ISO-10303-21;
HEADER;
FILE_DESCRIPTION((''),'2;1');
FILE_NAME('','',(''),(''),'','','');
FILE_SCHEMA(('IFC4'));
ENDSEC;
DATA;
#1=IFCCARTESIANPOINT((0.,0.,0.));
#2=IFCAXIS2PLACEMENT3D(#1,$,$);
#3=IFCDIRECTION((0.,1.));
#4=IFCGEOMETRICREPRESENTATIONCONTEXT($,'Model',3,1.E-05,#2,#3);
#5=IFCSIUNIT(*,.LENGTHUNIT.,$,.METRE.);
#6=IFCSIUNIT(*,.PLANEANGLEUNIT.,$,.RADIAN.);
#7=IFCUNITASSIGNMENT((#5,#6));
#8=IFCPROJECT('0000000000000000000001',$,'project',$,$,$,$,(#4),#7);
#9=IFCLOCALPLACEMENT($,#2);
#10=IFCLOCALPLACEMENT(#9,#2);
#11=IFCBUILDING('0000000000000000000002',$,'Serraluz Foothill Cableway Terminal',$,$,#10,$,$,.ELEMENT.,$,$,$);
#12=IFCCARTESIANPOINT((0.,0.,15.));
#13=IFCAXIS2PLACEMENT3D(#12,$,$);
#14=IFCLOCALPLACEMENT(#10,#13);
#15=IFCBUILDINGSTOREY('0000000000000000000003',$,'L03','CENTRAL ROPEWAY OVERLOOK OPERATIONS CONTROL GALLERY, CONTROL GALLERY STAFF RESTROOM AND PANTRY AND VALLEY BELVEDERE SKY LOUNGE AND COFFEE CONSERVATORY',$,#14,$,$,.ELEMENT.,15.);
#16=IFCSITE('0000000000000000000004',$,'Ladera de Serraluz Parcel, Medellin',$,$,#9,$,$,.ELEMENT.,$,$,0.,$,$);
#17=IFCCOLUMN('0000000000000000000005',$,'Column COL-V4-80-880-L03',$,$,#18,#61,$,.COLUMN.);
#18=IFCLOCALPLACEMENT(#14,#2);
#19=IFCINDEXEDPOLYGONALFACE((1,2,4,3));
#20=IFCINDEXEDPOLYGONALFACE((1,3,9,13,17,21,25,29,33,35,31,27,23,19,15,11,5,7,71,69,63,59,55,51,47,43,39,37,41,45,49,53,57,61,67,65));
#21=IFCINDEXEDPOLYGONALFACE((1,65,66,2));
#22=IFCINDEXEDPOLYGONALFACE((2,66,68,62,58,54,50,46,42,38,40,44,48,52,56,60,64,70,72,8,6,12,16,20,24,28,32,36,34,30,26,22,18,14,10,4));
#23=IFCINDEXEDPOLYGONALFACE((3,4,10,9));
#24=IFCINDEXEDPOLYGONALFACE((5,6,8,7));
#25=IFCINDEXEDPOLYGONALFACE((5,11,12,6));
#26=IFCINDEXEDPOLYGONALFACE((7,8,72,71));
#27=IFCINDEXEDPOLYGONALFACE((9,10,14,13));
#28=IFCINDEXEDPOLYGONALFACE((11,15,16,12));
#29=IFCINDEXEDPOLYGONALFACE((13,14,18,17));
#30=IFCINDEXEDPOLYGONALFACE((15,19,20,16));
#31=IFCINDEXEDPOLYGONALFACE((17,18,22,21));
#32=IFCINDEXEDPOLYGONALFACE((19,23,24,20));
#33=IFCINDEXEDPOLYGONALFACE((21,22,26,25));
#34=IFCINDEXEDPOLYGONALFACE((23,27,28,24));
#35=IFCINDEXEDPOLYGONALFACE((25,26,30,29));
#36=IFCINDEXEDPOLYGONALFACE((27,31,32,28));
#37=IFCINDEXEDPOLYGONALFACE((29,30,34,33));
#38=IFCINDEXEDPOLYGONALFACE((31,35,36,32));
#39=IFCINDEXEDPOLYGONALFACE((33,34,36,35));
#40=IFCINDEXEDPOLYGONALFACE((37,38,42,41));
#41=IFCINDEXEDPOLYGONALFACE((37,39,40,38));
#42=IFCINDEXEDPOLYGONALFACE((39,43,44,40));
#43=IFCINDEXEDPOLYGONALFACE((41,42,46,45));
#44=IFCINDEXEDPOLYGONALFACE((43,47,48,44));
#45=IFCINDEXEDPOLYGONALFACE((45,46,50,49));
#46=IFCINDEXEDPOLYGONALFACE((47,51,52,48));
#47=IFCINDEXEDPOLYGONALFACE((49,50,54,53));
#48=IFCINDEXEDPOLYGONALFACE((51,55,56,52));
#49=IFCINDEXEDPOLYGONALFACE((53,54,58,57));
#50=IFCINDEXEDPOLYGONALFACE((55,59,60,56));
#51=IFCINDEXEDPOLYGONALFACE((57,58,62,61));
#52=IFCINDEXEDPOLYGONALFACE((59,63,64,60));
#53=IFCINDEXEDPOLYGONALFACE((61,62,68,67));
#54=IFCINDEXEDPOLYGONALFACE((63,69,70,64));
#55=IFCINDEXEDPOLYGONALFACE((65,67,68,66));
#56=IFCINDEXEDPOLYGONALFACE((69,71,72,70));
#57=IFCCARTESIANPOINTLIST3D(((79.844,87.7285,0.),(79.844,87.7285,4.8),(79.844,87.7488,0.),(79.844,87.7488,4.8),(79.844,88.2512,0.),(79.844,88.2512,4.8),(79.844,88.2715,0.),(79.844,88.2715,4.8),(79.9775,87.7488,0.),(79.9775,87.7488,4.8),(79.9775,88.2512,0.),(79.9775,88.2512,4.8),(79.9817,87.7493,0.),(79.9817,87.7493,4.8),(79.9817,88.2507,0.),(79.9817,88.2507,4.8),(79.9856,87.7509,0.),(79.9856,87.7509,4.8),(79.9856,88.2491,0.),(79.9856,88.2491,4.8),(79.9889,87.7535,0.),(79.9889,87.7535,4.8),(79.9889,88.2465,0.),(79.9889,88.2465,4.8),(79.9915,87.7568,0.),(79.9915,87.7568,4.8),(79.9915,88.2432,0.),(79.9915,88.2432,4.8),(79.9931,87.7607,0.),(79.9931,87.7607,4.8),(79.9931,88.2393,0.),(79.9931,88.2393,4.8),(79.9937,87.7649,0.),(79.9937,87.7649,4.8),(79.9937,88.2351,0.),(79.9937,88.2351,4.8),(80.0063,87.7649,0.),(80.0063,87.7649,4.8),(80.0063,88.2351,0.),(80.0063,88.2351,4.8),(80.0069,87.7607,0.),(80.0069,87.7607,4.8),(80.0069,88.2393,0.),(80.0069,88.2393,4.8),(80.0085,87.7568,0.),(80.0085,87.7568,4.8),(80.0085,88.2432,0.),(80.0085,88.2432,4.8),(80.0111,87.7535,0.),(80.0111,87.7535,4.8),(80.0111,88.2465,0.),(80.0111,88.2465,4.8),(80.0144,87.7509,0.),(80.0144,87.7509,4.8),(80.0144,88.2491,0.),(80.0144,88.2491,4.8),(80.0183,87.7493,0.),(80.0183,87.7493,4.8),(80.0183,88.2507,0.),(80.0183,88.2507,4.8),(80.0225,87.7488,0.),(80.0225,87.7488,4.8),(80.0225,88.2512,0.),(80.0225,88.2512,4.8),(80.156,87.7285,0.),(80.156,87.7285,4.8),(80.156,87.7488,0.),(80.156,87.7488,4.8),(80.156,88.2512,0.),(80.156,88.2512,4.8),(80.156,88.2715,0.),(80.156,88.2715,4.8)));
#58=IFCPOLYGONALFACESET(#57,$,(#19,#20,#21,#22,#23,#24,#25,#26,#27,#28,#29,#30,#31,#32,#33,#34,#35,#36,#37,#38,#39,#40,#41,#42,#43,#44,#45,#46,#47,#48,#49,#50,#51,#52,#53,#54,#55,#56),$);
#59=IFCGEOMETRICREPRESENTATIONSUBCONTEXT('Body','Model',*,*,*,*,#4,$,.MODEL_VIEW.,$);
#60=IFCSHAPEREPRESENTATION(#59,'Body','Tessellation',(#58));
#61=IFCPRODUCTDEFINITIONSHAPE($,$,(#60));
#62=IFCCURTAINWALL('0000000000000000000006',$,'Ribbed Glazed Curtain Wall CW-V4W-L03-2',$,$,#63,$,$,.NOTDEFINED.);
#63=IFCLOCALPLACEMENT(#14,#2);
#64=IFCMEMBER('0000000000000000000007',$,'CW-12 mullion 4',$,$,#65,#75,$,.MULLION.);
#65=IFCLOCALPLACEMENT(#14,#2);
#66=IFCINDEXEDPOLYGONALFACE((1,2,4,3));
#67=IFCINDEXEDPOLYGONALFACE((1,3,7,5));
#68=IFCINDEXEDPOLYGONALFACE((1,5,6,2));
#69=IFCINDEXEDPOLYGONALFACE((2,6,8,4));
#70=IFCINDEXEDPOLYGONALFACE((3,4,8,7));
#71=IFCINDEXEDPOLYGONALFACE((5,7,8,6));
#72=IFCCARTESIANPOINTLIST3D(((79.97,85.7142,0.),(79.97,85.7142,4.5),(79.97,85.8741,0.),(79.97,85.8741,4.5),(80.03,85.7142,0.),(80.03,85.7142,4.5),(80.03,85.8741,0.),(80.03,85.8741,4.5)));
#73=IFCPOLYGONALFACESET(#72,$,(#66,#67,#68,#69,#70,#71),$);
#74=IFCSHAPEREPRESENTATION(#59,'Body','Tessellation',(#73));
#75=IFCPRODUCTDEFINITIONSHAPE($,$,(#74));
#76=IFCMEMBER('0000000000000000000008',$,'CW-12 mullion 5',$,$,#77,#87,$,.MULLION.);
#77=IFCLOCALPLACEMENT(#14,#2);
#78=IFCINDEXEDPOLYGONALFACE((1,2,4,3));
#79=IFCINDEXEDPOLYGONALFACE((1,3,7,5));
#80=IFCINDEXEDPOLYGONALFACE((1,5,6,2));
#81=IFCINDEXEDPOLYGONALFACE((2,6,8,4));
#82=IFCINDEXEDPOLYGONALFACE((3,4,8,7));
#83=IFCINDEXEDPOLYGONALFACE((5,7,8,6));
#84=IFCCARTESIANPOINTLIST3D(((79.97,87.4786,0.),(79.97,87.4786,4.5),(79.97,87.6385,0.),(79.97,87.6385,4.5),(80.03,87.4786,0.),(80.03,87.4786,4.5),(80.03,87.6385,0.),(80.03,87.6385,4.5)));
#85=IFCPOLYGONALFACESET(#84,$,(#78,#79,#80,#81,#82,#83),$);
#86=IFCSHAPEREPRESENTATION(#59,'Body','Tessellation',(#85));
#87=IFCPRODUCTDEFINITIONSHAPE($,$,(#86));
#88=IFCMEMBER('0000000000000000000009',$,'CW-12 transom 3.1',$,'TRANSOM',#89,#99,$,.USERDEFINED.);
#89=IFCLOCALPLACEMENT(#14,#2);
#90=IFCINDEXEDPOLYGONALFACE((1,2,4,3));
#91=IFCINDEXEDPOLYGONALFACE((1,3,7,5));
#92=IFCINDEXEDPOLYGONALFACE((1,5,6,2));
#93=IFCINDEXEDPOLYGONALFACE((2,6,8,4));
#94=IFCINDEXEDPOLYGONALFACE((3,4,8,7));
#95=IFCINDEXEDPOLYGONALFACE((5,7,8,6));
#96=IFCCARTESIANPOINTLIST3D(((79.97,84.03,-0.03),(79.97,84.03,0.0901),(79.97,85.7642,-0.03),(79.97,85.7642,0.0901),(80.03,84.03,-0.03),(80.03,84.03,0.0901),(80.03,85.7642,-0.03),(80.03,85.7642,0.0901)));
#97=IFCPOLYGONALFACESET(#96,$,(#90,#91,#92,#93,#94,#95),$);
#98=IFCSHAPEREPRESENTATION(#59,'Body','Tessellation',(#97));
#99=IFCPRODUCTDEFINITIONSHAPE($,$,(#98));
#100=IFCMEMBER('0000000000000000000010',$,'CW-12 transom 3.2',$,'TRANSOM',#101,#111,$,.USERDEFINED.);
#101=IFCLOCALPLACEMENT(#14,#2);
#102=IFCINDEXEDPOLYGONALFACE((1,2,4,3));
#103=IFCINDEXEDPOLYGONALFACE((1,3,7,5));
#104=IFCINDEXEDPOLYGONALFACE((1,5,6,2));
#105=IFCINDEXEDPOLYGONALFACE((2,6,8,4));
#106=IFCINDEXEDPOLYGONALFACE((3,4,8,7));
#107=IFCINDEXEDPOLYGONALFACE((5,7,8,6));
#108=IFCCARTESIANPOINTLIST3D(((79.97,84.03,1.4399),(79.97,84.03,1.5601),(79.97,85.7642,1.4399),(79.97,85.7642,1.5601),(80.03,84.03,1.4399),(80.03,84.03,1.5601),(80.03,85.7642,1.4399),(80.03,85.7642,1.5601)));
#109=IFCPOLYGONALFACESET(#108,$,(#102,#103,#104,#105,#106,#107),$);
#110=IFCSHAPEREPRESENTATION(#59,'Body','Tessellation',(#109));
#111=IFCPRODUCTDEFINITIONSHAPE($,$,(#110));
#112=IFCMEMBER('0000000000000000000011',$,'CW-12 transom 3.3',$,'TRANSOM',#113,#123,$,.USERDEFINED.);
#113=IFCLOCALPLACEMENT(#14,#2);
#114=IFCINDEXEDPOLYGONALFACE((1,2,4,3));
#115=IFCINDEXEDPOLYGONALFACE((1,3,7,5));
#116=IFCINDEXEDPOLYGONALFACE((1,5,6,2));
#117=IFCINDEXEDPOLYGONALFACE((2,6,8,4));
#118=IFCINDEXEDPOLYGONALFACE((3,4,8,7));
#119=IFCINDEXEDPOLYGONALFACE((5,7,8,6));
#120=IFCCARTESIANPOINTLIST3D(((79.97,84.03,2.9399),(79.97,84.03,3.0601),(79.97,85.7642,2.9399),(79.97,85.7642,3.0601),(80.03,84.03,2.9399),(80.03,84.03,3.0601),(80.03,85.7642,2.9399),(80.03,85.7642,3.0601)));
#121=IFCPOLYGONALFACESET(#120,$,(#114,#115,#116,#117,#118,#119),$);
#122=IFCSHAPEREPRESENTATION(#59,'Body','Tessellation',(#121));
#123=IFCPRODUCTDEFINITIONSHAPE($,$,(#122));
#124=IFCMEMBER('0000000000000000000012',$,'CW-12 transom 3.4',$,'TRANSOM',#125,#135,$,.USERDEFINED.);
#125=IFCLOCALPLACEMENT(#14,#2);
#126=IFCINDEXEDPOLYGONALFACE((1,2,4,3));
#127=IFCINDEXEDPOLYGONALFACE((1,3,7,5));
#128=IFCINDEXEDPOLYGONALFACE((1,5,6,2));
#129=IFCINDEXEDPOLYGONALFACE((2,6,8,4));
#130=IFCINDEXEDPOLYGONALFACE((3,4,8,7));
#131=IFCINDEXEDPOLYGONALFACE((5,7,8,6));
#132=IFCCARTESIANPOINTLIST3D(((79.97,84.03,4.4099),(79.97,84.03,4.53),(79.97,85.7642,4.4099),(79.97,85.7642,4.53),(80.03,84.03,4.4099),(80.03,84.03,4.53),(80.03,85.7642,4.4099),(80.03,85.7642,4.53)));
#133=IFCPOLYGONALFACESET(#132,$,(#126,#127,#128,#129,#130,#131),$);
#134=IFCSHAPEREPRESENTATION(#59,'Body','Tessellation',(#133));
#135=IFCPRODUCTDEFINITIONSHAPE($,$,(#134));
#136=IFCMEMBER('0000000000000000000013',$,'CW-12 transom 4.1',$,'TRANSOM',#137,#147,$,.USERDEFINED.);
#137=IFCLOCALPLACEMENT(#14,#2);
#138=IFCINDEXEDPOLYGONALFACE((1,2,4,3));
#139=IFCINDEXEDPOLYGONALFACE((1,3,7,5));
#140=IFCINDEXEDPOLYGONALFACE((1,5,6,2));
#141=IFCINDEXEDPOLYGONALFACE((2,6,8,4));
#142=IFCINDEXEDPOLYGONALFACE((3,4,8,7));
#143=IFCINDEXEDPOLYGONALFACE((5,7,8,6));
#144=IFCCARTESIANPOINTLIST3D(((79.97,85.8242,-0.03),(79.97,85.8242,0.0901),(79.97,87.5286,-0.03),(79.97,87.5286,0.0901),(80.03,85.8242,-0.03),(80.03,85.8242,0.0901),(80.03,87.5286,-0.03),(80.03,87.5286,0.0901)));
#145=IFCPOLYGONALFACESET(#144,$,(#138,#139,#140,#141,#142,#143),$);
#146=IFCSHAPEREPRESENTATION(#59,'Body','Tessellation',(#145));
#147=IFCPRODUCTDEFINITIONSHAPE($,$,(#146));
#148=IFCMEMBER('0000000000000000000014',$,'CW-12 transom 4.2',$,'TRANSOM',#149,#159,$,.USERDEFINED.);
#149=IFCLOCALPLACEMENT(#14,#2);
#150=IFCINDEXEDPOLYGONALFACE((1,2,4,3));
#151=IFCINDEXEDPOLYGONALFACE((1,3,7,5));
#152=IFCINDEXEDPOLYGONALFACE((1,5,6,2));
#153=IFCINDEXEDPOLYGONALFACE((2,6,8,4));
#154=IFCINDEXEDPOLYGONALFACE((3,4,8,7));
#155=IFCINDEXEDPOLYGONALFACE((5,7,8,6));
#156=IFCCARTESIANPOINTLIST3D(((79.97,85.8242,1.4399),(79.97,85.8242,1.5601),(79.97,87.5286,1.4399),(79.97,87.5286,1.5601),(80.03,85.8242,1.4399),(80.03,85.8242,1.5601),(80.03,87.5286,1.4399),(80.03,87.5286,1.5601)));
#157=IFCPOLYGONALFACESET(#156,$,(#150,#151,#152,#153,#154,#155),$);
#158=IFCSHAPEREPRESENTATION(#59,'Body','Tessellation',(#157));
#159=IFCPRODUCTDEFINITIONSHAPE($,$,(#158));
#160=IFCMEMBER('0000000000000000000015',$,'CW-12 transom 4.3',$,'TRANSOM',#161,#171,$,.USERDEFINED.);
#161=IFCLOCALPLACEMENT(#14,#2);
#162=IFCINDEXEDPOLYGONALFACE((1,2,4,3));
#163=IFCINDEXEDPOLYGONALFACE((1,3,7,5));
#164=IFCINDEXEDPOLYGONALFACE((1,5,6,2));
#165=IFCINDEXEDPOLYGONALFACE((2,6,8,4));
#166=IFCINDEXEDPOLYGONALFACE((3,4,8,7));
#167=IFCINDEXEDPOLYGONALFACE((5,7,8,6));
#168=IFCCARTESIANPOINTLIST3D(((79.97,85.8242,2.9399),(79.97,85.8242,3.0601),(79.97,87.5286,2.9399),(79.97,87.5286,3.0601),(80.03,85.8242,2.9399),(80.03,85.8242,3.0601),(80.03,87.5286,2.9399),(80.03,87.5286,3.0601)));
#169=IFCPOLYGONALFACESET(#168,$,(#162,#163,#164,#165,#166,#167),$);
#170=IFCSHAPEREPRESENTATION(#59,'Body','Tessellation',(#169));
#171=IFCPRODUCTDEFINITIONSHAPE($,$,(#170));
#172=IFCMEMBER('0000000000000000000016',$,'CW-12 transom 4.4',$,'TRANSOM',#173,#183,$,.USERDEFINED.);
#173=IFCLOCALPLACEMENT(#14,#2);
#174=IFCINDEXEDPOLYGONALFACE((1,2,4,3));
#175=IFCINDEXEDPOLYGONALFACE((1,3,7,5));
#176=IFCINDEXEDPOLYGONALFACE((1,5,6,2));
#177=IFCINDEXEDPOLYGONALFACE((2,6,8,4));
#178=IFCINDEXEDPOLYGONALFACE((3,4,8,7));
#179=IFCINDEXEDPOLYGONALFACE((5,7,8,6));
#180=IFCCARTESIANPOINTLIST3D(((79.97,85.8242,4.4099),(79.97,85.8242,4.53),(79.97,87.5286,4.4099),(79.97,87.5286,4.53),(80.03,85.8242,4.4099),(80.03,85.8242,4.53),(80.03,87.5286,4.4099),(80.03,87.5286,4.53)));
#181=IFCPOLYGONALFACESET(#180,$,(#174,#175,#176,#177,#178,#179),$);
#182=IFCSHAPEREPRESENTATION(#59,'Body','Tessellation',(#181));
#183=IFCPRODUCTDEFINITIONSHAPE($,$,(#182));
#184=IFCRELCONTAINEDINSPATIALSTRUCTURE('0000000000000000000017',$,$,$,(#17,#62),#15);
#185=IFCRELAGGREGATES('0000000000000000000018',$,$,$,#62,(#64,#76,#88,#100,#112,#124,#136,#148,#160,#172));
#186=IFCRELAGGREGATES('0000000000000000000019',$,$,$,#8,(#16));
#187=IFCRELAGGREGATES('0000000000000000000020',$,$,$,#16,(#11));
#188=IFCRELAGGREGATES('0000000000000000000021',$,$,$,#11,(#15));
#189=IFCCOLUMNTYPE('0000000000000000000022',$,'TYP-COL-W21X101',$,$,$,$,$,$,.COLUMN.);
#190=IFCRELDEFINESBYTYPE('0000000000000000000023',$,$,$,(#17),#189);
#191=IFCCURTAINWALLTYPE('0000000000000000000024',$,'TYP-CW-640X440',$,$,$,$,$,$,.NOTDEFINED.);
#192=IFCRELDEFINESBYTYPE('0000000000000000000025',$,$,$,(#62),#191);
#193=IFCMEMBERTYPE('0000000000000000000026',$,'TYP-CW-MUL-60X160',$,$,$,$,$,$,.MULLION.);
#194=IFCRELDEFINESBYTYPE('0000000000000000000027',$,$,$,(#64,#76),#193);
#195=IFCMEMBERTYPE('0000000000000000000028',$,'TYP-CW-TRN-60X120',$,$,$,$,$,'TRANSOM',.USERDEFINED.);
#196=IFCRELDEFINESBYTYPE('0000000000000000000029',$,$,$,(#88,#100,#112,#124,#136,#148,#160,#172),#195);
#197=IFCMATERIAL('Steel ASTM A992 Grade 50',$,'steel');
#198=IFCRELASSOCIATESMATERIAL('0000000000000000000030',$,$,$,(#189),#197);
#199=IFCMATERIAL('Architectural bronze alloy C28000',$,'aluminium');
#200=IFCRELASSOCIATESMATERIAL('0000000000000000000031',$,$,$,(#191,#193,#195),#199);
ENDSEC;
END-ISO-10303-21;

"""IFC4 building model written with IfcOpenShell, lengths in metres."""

from ifc_helpers import new_model, si_unit, direction, frame, origin, origin_2d, place, context, subcontext, project, spatial, rectangle, i_section, extrude, material, material_profile, profile_set, type_object, element, aggregate, save


model = new_model("IFC4")

# Units and contexts
model_context = context("Model", 3, precision=1e-05, world=origin(), true_north=direction((0.0, 1.0)))
body_context = subcontext(model_context, "Body", "Model", "MODEL_VIEW")
ifc_project = project(units=[si_unit("LENGTHUNIT", "METRE"), si_unit("PLANEANGLEUNIT", "RADIAN")], contexts=[model_context])

# Site, building, storey
site_placement = place(None, origin())
site = spatial("IfcSite", under=ifc_project, at=site_placement, Name="Ladera de Serraluz Parcel, Medellin", CompositionType="ELEMENT", RefElevation=0.0)
building_placement = place(site_placement, origin())
building = spatial("IfcBuilding", under=site, at=building_placement, Name="Serraluz Foothill Cableway Terminal", CompositionType="ELEMENT")
storey_placement = place(building_placement, frame((0.0, 0.0, 15.0)))
storey = spatial("IfcBuildingStorey", under=building, at=storey_placement, Name="L03", Description="CENTRAL ROPEWAY OVERLOOK OPERATIONS CONTROL GALLERY, CONTROL GALLERY STAFF RESTROOM AND PANTRY AND VALLEY BELVEDERE SKY LOUNGE AND COFFEE CONSERVATORY", CompositionType="ELEMENT", Elevation=15.0)

# Column
ifc_material_1 = material(Name="Steel ASTM A992 Grade 50", Category="steel")
ifc_material_profile_1 = material_profile(ifc_material_1, i_section(OverallWidth=0.312, OverallDepth=0.543, WebThickness=0.0127, FlangeThickness=0.0203, FilletRadius=0.0161, at=origin_2d()), Name="W21X101")
ifc_profile_set_1 = profile_set([ifc_material_profile_1], Name="Steel ASTM A992 Grade 50")
column_type = type_object("IfcColumnType", Name="TYP-COL-W21X101", PredefinedType="COLUMN", material=ifc_profile_set_1)
column_placement = place(storey_placement, frame((80.0, 88.0, 0.0), z_axis=(0.0, 0.0, 1.0), x_axis=(1.0, 0.0, 0.0)))
element("IfcColumn", 1, at=column_placement, inside=storey, type_object=column_type, Name="Column COL-V4-80-880-L03", PredefinedType="COLUMN", context=body_context, shape_type="SweptSolid", body=[
    extrude(i_section(OverallWidth=0.312, OverallDepth=0.543, WebThickness=0.0127, FlangeThickness=0.0203, FilletRadius=0.0161, at=origin_2d()), origin(), (0.0, 0.0, 1.0), 4.8),
])

# Curtain wall, members
ifc_material_2 = material(Name="Architectural bronze alloy C28000", Category="aluminium")
curtain_wall_type = type_object("IfcCurtainWallType", Name="TYP-CW-640X440", PredefinedType="NOTDEFINED", material=ifc_material_2)
curtain_wall_placement = place(storey_placement, origin())
curtain_wall = element("IfcCurtainWall", 2, at=curtain_wall_placement, inside=storey, type_object=curtain_wall_type, Name="Ribbed Glazed Curtain Wall CW-V4W-L03-2", PredefinedType="NOTDEFINED")
ifc_material_profile_2 = material_profile(ifc_material_2, rectangle(XDim=0.0601, YDim=0.1599, at=origin_2d()), Name="ALU MULLION 60x160")
ifc_profile_set_2 = profile_set([ifc_material_profile_2], Name="Architectural bronze alloy C28000")
member_type_1 = type_object("IfcMemberType", Name="TYP-CW-MUL-60X160", PredefinedType="MULLION", material=ifc_profile_set_2)
member_1_placement = place(storey_placement, frame((80.0, 85.7942, 0.0), z_axis=(0.0, 0.0, 1.0), x_axis=(-1.0, 0.0, 0.0)))
member_1 = element("IfcMember", 3, at=member_1_placement, type_object=member_type_1, Name="CW-12 mullion 4", PredefinedType="MULLION", context=body_context, shape_type="SweptSolid", body=[
    extrude(rectangle(XDim=0.0601, YDim=0.1599, at=origin_2d()), origin(), (0.0, 0.0, 1.0), 4.5),
])
member_2_placement = place(storey_placement, frame((80.0, 87.5586, 0.0), z_axis=(0.0, 0.0, 1.0), x_axis=(-1.0, 0.0, 0.0)))
member_2 = element("IfcMember", 4, at=member_2_placement, type_object=member_type_1, Name="CW-12 mullion 5", PredefinedType="MULLION", context=body_context, shape_type="SweptSolid", body=[
    extrude(rectangle(XDim=0.0601, YDim=0.1599, at=origin_2d()), origin(), (0.0, 0.0, 1.0), 4.5),
])
ifc_material_profile_3 = material_profile(ifc_material_2, rectangle(XDim=0.0601, YDim=0.1201, at=origin_2d()), Name="ALU TRANSOM 60x120")
ifc_profile_set_3 = profile_set([ifc_material_profile_3], Name="Architectural bronze alloy C28000")
member_type_2 = type_object("IfcMemberType", Name="TYP-CW-TRN-60X120", ElementType="TRANSOM", PredefinedType="USERDEFINED", material=ifc_profile_set_3)
member_3_placement = place(storey_placement, frame((80.0, 84.03, 0.03), z_axis=(0.0, 1.0, 0.0), x_axis=(-1.0, 0.0, 0.0)))
member_3 = element("IfcMember", 5, at=member_3_placement, type_object=member_type_2, Name="CW-12 transom 3.1", ObjectType="TRANSOM", PredefinedType="USERDEFINED", context=body_context, shape_type="SweptSolid", body=[
    extrude(rectangle(XDim=0.0601, YDim=0.1201, at=origin_2d()), origin(), (0.0, 0.0, 1.0), 1.7341),
])
member_4_placement = place(storey_placement, frame((80.0, 84.03, 1.5), z_axis=(0.0, 1.0, 0.0), x_axis=(-1.0, 0.0, 0.0)))
member_4 = element("IfcMember", 6, at=member_4_placement, type_object=member_type_2, Name="CW-12 transom 3.2", ObjectType="TRANSOM", PredefinedType="USERDEFINED", context=body_context, shape_type="SweptSolid", body=[
    extrude(rectangle(XDim=0.0601, YDim=0.1201, at=origin_2d()), origin(), (0.0, 0.0, 1.0), 1.7341),
])
member_5_placement = place(storey_placement, frame((80.0, 84.03, 3.0), z_axis=(0.0, 1.0, 0.0), x_axis=(-1.0, 0.0, 0.0)))
member_5 = element("IfcMember", 7, at=member_5_placement, type_object=member_type_2, Name="CW-12 transom 3.3", ObjectType="TRANSOM", PredefinedType="USERDEFINED", context=body_context, shape_type="SweptSolid", body=[
    extrude(rectangle(XDim=0.0601, YDim=0.1201, at=origin_2d()), origin(), (0.0, 0.0, 1.0), 1.7341),
])
member_6_placement = place(storey_placement, frame((80.0, 84.03, 4.47), z_axis=(0.0, 1.0, 0.0), x_axis=(-1.0, 0.0, 0.0)))
member_6 = element("IfcMember", 8, at=member_6_placement, type_object=member_type_2, Name="CW-12 transom 3.4", ObjectType="TRANSOM", PredefinedType="USERDEFINED", context=body_context, shape_type="SweptSolid", body=[
    extrude(rectangle(XDim=0.0601, YDim=0.1201, at=origin_2d()), origin(), (0.0, 0.0, 1.0), 1.7341),
])
member_7_placement = place(storey_placement, frame((80.0, 85.8242, 0.03), z_axis=(0.0, 1.0, 0.0), x_axis=(-1.0, 0.0, 0.0)))
member_7 = element("IfcMember", 9, at=member_7_placement, type_object=member_type_2, Name="CW-12 transom 4.1", ObjectType="TRANSOM", PredefinedType="USERDEFINED", context=body_context, shape_type="SweptSolid", body=[
    extrude(rectangle(XDim=0.0601, YDim=0.1201, at=origin_2d()), origin(), (0.0, 0.0, 1.0), 1.7043),
])
member_8_placement = place(storey_placement, frame((80.0, 85.8242, 1.5), z_axis=(0.0, 1.0, 0.0), x_axis=(-1.0, 0.0, 0.0)))
member_8 = element("IfcMember", 10, at=member_8_placement, type_object=member_type_2, Name="CW-12 transom 4.2", ObjectType="TRANSOM", PredefinedType="USERDEFINED", context=body_context, shape_type="SweptSolid", body=[
    extrude(rectangle(XDim=0.0601, YDim=0.1201, at=origin_2d()), origin(), (0.0, 0.0, 1.0), 1.7043),
])
member_9_placement = place(storey_placement, frame((80.0, 85.8242, 3.0), z_axis=(0.0, 1.0, 0.0), x_axis=(-1.0, 0.0, 0.0)))
member_9 = element("IfcMember", 11, at=member_9_placement, type_object=member_type_2, Name="CW-12 transom 4.3", ObjectType="TRANSOM", PredefinedType="USERDEFINED", context=body_context, shape_type="SweptSolid", body=[
    extrude(rectangle(XDim=0.0601, YDim=0.1201, at=origin_2d()), origin(), (0.0, 0.0, 1.0), 1.7043),
])
member_10_placement = place(storey_placement, frame((80.0, 85.8242, 4.47), z_axis=(0.0, 1.0, 0.0), x_axis=(-1.0, 0.0, 0.0)))
member_10 = element("IfcMember", 12, at=member_10_placement, type_object=member_type_2, Name="CW-12 transom 4.4", ObjectType="TRANSOM", PredefinedType="USERDEFINED", context=body_context, shape_type="SweptSolid", body=[
    extrude(rectangle(XDim=0.0601, YDim=0.1201, at=origin_2d()), origin(), (0.0, 0.0, 1.0), 1.7043),
])
aggregate(curtain_wall, [member_1, member_2, member_3, member_4, member_5, member_6, member_7, member_8, member_9, member_10])

save(model, "model.ifc")
